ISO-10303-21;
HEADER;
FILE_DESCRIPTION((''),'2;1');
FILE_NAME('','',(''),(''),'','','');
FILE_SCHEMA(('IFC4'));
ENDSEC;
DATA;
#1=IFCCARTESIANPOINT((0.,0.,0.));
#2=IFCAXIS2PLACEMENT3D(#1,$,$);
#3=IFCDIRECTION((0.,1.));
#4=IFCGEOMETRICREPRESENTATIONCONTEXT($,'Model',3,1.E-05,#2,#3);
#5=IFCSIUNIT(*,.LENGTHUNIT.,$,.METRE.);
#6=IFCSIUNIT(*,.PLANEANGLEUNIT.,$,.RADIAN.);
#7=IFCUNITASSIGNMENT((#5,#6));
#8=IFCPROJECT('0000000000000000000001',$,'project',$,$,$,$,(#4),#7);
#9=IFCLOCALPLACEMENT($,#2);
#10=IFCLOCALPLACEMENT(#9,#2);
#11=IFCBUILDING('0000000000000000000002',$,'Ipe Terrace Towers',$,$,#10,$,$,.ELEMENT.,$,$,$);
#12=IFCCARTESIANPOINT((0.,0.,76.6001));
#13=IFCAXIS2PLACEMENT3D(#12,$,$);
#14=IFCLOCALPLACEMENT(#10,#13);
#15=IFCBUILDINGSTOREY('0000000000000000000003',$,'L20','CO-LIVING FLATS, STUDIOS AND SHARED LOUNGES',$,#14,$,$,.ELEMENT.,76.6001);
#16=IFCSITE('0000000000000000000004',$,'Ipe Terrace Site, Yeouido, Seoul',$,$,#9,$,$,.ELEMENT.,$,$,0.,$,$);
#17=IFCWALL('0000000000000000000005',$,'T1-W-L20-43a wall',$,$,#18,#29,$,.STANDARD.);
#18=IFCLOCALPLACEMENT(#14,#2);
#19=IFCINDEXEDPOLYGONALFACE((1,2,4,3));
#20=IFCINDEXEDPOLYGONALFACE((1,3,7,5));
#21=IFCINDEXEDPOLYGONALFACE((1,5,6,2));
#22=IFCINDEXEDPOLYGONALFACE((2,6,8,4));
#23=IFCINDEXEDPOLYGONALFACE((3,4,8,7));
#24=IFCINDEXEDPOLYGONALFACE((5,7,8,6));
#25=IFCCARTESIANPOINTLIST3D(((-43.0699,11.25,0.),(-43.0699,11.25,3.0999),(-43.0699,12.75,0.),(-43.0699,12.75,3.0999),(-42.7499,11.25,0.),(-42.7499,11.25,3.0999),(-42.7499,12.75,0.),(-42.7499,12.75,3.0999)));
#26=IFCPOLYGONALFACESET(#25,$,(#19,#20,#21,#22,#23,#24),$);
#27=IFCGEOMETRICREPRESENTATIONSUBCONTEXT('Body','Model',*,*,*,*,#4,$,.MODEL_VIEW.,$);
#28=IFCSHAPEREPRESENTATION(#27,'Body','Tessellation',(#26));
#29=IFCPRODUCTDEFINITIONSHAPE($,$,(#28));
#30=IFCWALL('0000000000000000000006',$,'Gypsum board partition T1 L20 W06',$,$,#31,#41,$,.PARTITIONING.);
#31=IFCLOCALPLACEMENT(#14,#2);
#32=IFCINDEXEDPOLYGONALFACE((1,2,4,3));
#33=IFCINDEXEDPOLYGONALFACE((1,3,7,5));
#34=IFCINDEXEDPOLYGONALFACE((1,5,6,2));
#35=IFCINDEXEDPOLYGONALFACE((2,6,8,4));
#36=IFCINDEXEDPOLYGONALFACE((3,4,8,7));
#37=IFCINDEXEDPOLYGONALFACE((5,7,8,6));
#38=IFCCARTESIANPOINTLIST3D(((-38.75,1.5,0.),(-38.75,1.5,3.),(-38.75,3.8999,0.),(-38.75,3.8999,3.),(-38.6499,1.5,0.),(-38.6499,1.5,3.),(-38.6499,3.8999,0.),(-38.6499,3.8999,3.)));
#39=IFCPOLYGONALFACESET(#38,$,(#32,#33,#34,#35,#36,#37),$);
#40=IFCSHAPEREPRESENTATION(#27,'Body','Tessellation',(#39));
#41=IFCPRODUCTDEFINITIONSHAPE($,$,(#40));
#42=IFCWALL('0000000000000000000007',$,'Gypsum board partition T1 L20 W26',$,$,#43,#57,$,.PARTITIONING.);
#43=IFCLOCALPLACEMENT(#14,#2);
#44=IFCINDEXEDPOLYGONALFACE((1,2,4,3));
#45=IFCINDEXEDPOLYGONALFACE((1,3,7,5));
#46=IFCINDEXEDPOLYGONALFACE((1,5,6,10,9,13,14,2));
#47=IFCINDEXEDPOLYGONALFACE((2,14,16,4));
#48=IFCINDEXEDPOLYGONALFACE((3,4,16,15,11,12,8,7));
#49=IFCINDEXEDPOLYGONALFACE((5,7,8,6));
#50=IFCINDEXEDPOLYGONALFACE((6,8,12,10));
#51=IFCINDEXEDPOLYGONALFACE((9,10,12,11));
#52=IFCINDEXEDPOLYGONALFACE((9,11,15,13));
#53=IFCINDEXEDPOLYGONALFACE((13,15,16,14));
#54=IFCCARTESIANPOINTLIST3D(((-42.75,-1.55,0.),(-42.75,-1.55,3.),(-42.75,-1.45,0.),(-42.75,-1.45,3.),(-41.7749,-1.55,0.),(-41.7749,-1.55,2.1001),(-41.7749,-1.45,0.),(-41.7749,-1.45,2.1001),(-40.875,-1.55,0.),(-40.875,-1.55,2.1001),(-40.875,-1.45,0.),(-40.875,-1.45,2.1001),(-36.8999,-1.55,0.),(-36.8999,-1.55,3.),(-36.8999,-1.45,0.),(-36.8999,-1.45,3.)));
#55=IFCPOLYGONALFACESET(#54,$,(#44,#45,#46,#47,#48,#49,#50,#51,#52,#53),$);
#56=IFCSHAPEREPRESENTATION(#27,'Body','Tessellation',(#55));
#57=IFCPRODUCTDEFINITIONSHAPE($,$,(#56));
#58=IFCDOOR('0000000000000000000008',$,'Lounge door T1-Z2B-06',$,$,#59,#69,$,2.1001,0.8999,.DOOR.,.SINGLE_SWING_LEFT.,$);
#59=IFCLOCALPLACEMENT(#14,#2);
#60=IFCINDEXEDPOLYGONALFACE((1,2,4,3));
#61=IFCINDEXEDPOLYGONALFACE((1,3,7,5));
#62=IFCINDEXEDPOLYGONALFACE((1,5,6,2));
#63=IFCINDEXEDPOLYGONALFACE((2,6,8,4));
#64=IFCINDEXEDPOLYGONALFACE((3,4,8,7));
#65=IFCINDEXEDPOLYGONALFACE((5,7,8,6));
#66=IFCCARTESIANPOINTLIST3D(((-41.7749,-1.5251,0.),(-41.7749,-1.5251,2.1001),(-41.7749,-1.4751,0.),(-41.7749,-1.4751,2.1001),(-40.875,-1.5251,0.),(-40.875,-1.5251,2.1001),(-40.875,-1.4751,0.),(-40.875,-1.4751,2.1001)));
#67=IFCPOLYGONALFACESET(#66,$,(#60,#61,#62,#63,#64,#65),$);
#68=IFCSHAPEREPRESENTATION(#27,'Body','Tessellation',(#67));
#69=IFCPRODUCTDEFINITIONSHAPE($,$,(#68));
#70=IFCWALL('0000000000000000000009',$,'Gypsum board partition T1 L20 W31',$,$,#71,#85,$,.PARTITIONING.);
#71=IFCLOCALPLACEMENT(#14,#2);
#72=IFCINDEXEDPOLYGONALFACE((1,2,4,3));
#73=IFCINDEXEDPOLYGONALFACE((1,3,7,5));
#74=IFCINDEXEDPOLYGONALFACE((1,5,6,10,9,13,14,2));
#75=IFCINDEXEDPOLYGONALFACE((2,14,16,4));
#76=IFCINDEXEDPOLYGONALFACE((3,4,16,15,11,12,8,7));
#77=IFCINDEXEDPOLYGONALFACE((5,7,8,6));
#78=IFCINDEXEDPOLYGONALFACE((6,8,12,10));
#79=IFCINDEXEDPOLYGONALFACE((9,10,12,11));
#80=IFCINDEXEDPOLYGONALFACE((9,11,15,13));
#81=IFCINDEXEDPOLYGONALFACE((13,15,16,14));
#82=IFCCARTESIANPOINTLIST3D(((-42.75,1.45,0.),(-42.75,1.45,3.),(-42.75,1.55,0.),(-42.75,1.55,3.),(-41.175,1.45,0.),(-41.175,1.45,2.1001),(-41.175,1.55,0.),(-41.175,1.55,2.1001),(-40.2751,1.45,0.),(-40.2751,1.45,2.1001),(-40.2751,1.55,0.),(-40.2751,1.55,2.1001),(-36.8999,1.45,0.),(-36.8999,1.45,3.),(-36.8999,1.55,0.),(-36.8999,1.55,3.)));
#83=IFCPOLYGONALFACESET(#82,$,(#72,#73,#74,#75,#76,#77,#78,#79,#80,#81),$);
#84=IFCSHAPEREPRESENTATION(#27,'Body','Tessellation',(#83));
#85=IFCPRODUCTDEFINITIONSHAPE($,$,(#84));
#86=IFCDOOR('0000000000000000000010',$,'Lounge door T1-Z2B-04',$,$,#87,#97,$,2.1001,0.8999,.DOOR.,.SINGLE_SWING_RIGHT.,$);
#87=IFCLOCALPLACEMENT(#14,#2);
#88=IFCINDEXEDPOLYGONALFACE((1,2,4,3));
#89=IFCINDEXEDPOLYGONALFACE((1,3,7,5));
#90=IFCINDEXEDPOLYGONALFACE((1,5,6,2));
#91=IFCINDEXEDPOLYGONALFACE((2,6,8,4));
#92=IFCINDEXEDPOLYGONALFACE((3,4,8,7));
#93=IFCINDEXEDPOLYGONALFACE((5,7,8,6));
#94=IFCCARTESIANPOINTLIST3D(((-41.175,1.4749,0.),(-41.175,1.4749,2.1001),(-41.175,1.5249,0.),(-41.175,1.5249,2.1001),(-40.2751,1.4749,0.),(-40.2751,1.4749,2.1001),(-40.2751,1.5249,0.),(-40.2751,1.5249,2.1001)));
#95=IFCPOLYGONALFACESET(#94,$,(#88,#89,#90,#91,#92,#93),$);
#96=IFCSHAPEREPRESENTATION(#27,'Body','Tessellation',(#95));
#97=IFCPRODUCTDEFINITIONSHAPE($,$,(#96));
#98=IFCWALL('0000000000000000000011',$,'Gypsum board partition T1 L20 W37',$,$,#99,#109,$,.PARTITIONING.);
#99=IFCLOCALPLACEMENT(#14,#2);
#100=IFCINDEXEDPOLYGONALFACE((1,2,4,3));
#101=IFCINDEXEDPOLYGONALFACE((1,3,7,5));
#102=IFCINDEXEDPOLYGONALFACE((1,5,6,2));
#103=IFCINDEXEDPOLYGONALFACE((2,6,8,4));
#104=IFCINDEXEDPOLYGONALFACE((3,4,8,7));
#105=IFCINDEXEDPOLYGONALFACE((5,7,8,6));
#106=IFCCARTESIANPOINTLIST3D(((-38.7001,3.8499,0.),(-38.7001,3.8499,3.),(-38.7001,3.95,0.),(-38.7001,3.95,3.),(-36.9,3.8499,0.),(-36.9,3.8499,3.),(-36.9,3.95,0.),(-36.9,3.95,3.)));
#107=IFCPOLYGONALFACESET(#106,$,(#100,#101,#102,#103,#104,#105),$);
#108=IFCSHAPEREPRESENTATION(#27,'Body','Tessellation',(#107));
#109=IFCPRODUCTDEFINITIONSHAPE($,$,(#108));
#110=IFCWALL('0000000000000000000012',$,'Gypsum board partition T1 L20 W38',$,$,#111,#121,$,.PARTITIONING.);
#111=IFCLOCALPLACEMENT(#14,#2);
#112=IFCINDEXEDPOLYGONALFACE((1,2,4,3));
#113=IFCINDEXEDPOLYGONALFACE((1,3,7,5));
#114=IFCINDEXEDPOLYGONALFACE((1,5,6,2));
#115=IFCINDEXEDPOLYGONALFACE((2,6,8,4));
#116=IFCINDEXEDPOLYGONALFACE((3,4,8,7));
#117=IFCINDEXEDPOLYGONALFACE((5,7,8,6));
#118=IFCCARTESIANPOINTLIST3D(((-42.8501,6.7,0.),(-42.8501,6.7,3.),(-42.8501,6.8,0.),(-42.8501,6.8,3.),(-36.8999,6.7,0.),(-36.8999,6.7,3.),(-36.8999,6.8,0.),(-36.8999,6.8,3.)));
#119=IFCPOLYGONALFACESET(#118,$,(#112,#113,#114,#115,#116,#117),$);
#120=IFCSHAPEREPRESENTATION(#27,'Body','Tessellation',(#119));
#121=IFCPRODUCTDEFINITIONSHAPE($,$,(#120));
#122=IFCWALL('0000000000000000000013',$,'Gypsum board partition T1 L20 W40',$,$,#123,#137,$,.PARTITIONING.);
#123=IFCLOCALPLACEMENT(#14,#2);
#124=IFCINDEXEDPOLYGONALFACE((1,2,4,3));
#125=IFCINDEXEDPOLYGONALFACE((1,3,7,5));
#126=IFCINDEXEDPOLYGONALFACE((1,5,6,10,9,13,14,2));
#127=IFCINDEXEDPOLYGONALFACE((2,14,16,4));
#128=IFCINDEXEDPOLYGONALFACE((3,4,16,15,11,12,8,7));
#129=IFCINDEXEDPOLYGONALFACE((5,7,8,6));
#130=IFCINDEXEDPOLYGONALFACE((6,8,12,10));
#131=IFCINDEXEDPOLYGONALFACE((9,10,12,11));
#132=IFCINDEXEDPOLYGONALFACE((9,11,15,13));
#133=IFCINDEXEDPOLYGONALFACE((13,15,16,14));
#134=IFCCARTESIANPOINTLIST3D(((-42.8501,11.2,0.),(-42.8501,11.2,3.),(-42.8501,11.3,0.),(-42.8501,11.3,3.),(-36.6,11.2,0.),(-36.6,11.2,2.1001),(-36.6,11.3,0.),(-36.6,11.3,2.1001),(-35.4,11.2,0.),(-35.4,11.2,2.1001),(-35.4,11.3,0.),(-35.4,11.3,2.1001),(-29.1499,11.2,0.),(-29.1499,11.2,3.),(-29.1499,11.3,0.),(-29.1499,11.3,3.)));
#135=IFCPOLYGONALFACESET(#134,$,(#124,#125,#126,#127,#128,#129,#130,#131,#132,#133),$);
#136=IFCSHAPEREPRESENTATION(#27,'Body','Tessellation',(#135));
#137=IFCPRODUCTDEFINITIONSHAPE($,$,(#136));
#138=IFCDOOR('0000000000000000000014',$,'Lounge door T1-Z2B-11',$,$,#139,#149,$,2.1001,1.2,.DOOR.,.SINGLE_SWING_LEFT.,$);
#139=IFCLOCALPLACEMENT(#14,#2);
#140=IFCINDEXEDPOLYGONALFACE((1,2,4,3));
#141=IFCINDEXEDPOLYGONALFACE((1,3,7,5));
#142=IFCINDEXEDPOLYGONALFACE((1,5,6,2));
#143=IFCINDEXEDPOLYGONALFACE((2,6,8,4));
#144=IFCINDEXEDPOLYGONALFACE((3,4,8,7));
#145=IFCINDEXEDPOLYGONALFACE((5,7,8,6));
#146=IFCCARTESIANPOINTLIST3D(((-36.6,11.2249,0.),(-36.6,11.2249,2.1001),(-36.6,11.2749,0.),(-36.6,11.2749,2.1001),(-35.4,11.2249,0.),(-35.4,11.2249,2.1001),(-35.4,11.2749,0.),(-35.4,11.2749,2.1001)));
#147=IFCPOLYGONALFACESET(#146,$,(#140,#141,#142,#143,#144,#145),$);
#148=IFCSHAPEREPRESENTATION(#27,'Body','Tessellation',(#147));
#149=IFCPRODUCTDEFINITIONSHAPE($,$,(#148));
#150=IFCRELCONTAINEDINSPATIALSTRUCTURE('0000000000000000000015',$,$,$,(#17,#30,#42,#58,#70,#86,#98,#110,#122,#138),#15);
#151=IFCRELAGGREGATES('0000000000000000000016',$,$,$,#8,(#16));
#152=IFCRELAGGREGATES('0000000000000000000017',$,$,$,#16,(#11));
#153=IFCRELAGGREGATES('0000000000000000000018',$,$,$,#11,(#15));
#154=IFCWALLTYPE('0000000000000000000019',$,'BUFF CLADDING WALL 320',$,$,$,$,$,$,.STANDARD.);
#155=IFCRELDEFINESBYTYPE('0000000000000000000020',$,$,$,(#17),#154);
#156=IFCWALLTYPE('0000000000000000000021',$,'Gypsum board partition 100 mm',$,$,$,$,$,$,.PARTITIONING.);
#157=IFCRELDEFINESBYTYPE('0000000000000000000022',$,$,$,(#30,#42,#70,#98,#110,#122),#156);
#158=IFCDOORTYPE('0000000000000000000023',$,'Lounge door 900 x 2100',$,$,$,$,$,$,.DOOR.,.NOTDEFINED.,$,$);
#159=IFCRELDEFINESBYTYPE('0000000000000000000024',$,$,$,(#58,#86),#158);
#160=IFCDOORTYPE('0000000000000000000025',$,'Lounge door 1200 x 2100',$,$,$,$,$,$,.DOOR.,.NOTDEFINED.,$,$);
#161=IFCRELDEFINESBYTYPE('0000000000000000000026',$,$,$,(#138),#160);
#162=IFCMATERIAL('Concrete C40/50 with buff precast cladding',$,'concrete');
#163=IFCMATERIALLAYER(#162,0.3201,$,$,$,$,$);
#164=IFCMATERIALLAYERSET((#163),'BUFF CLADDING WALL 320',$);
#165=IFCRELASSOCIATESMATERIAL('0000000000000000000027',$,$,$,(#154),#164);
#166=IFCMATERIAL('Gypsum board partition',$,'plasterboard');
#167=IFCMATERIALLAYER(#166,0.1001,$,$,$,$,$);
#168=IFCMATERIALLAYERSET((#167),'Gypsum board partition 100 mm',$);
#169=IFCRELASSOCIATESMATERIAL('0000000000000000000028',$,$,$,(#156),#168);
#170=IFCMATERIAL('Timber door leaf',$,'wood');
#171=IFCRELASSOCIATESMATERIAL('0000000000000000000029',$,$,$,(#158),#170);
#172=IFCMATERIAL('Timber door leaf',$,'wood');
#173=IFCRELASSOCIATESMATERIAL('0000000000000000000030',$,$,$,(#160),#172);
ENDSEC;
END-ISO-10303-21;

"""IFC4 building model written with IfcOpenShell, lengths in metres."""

from ifc_helpers import new_model, si_unit, direction, frame, frame_2d, origin, place, context, subcontext, project, spatial, rectangle, extrude, material, layer, layer_set, type_object, element, fill, save


model = new_model("IFC4")

# Units and contexts
model_context = context("Model", 3, precision=1e-05, world=origin(), true_north=direction((0.0, 1.0)))
body_context = subcontext(model_context, "Body", "Model", "MODEL_VIEW")
ifc_project = project(units=[si_unit("LENGTHUNIT", "METRE"), si_unit("PLANEANGLEUNIT", "RADIAN")], contexts=[model_context])

# Site, building, storey
site_placement = place(None, origin())
site = spatial("IfcSite", under=ifc_project, at=site_placement, Name="Ipe Terrace Site, Yeouido, Seoul", CompositionType="ELEMENT", RefElevation=0.0)
building_placement = place(site_placement, origin())
building = spatial("IfcBuilding", under=site, at=building_placement, Name="Ipe Terrace Towers", CompositionType="ELEMENT")
storey_placement = place(building_placement, frame((0.0, 0.0, 76.6001)))
storey = spatial("IfcBuildingStorey", under=building, at=storey_placement, Name="L20", Description="CO-LIVING FLATS, STUDIOS AND SHARED LOUNGES", CompositionType="ELEMENT", Elevation=76.6001)

# Walls
ifc_material_1 = material(Name="Concrete C40/50 with buff precast cladding", Category="concrete")
ifc_layer_1 = layer(ifc_material_1, 0.3201)
ifc_layer_set_1 = layer_set([ifc_layer_1], Name="BUFF CLADDING WALL 320")
wall_type_1 = type_object("IfcWallType", Name="BUFF CLADDING WALL 320", PredefinedType="STANDARD", material=ifc_layer_set_1)
wall_1_placement = place(storey_placement, frame((-42.9099, 12.75, 0.0), z_axis=(0.0, 0.0, 1.0), x_axis=(0.0, -1.0, 0.0)))
element("IfcWall", 1, at=wall_1_placement, inside=storey, type_object=wall_type_1, Name="T1-W-L20-43a wall", PredefinedType="STANDARD", context=body_context, shape_type="SweptSolid", body=[
    extrude(rectangle(XDim=1.5, YDim=0.3201, at=frame_2d((0.75, 0.0))), origin(), (0.0, 0.0, 1.0), 3.0999),
])
ifc_material_2 = material(Name="Gypsum board partition", Category="plasterboard")
ifc_layer_2 = layer(ifc_material_2, 0.1001)
ifc_layer_set_2 = layer_set([ifc_layer_2], Name="Gypsum board partition 100 mm")
wall_type_2 = type_object("IfcWallType", Name="Gypsum board partition 100 mm", PredefinedType="PARTITIONING", material=ifc_layer_set_2)
wall_2_placement = place(storey_placement, frame((-38.7, 1.5, 0.0), z_axis=(0.0, 0.0, 1.0), x_axis=(0.0, 1.0, 0.0)))
element("IfcWall", 2, at=wall_2_placement, inside=storey, type_object=wall_type_2, Name="Gypsum board partition T1 L20 W06", PredefinedType="PARTITIONING", context=body_context, shape_type="SweptSolid", body=[
    extrude(rectangle(XDim=2.3999, YDim=0.1001, at=frame_2d((1.2, 0.0))), origin(), (0.0, 0.0, 1.0), 3.0),
])

# Walls, openings, doors
wall_3_placement = place(storey_placement, frame((-42.75, -1.5, 0.0), z_axis=(0.0, 0.0, 1.0), x_axis=(1.0, 0.0, 0.0)))
wall_3 = element("IfcWall", 3, at=wall_3_placement, inside=storey, type_object=wall_type_2, Name="Gypsum board partition T1 L20 W26", PredefinedType="PARTITIONING", context=body_context, shape_type="SweptSolid", body=[
    extrude(rectangle(XDim=5.8501, YDim=0.1001, at=frame_2d((2.925, 0.0))), origin(), (0.0, 0.0, 1.0), 3.0),
])
opening_1_placement = place(wall_3_placement, frame((0.9751, 0.0, 0.0)))
opening_1 = element("IfcOpeningElement", 4, at=opening_1_placement, cuts=wall_3, PredefinedType="OPENING", context=body_context, shape_type="SweptSolid", body=[
    extrude(rectangle(XDim=0.8999, YDim=2.1001, at=frame_2d((0.45, 1.05))), frame((0.0, 0.0601, 0.0), z_axis=(0.0, -1.0, 0.0), x_axis=(1.0, 0.0, 0.0)), (0.0, 0.0, 1.0), 0.1201),
])
ifc_material_3 = material(Name="Timber door leaf", Category="wood")
door_type_1 = type_object("IfcDoorType", Name="Lounge door 900 x 2100", OperationType="NOTDEFINED", PredefinedType="DOOR", material=ifc_material_3)
door_1_placement = place(opening_1_placement, origin())
door_1 = element("IfcDoor", 5, at=door_1_placement, inside=storey, type_object=door_type_1, Name="Lounge door T1-Z2B-06", OperationType="SINGLE_SWING_LEFT", OverallHeight=2.1001, OverallWidth=0.8999, PredefinedType="DOOR", context=body_context, shape_type="SweptSolid", body=[
    extrude(rectangle(XDim=0.8999, YDim=2.1001, at=frame_2d((0.45, 1.05))), frame((0.0, 0.0249, 0.0), z_axis=(0.0, -1.0, 0.0), x_axis=(1.0, 0.0, 0.0)), (0.0, 0.0, 1.0), 0.05),
])
fill(opening_1, door_1)
wall_4_placement = place(storey_placement, frame((-42.75, 1.5, 0.0), z_axis=(0.0, 0.0, 1.0), x_axis=(1.0, 0.0, 0.0)))
wall_4 = element("IfcWall", 6, at=wall_4_placement, inside=storey, type_object=wall_type_2, Name="Gypsum board partition T1 L20 W31", PredefinedType="PARTITIONING", context=body_context, shape_type="SweptSolid", body=[
    extrude(rectangle(XDim=5.8501, YDim=0.1001, at=frame_2d((2.925, 0.0))), origin(), (0.0, 0.0, 1.0), 3.0),
])
opening_2_placement = place(wall_4_placement, frame((1.575, 0.0, 0.0)))
opening_2 = element("IfcOpeningElement", 7, at=opening_2_placement, cuts=wall_4, PredefinedType="OPENING", context=body_context, shape_type="SweptSolid", body=[
    extrude(rectangle(XDim=0.8999, YDim=2.1001, at=frame_2d((0.45, 1.05))), frame((0.0, 0.0601, 0.0), z_axis=(0.0, -1.0, 0.0), x_axis=(1.0, 0.0, 0.0)), (0.0, 0.0, 1.0), 0.1201),
])
door_2_placement = place(opening_2_placement, origin())
door_2 = element("IfcDoor", 8, at=door_2_placement, inside=storey, type_object=door_type_1, Name="Lounge door T1-Z2B-04", OperationType="SINGLE_SWING_RIGHT", OverallHeight=2.1001, OverallWidth=0.8999, PredefinedType="DOOR", context=body_context, shape_type="SweptSolid", body=[
    extrude(rectangle(XDim=0.8999, YDim=2.1001, at=frame_2d((0.45, 1.05))), frame((0.0, 0.0249, 0.0), z_axis=(0.0, -1.0, 0.0), x_axis=(1.0, 0.0, 0.0)), (0.0, 0.0, 1.0), 0.05),
])
fill(opening_2, door_2)

# Walls
wall_5_placement = place(storey_placement, frame((-38.7, 3.8999, 0.0), z_axis=(0.0, 0.0, 1.0), x_axis=(1.0, 0.0, 0.0)))
element("IfcWall", 9, at=wall_5_placement, inside=storey, type_object=wall_type_2, Name="Gypsum board partition T1 L20 W37", PredefinedType="PARTITIONING", context=body_context, shape_type="SweptSolid", body=[
    extrude(rectangle(XDim=1.8, YDim=0.1001, at=frame_2d((0.8999, 0.0))), origin(), (0.0, 0.0, 1.0), 3.0),
])
wall_6_placement = place(storey_placement, frame((-42.8501, 6.75, 0.0), z_axis=(0.0, 0.0, 1.0), x_axis=(1.0, 0.0, 0.0)))
element("IfcWall", 10, at=wall_6_placement, inside=storey, type_object=wall_type_2, Name="Gypsum board partition T1 L20 W38", PredefinedType="PARTITIONING", context=body_context, shape_type="SweptSolid", body=[
    extrude(rectangle(XDim=5.9502, YDim=0.1001, at=frame_2d((2.9751, 0.0))), origin(), (0.0, 0.0, 1.0), 3.0),
])

# Wall, opening, door
wall_7_placement = place(storey_placement, frame((-42.8501, 11.25, 0.0), z_axis=(0.0, 0.0, 1.0), x_axis=(1.0, 0.0, 0.0)))
wall_7 = element("IfcWall", 11, at=wall_7_placement, inside=storey, type_object=wall_type_2, Name="Gypsum board partition T1 L20 W40", PredefinedType="PARTITIONING", context=body_context, shape_type="SweptSolid", body=[
    extrude(rectangle(XDim=13.7002, YDim=0.1001, at=frame_2d((6.8501, 0.0))), origin(), (0.0, 0.0, 1.0), 3.0),
])
opening_3_placement = place(wall_7_placement, frame((6.25, 0.0, 0.0)))
opening_3 = element("IfcOpeningElement", 12, at=opening_3_placement, cuts=wall_7, PredefinedType="OPENING", context=body_context, shape_type="SweptSolid", body=[
    extrude(rectangle(XDim=1.2, YDim=2.1001, at=frame_2d((0.6001, 1.05))), frame((0.0, 0.0601, 0.0), z_axis=(0.0, -1.0, 0.0), x_axis=(1.0, 0.0, 0.0)), (0.0, 0.0, 1.0), 0.1201),
])
ifc_material_4 = material(Name="Timber door leaf", Category="wood")
door_type_2 = type_object("IfcDoorType", Name="Lounge door 1200 x 2100", OperationType="NOTDEFINED", PredefinedType="DOOR", material=ifc_material_4)
door_3_placement = place(opening_3_placement, origin())
door_3 = element("IfcDoor", 13, at=door_3_placement, inside=storey, type_object=door_type_2, Name="Lounge door T1-Z2B-11", OperationType="SINGLE_SWING_LEFT", OverallHeight=2.1001, OverallWidth=1.2, PredefinedType="DOOR", context=body_context, shape_type="SweptSolid", body=[
    extrude(rectangle(XDim=1.2, YDim=2.1001, at=frame_2d((0.6001, 1.05))), frame((0.0, 0.0249, 0.0), z_axis=(0.0, -1.0, 0.0), x_axis=(1.0, 0.0, 0.0)), (0.0, 0.0, 1.0), 0.05),
])
fill(opening_3, door_3)

save(model, "model.ifc")
